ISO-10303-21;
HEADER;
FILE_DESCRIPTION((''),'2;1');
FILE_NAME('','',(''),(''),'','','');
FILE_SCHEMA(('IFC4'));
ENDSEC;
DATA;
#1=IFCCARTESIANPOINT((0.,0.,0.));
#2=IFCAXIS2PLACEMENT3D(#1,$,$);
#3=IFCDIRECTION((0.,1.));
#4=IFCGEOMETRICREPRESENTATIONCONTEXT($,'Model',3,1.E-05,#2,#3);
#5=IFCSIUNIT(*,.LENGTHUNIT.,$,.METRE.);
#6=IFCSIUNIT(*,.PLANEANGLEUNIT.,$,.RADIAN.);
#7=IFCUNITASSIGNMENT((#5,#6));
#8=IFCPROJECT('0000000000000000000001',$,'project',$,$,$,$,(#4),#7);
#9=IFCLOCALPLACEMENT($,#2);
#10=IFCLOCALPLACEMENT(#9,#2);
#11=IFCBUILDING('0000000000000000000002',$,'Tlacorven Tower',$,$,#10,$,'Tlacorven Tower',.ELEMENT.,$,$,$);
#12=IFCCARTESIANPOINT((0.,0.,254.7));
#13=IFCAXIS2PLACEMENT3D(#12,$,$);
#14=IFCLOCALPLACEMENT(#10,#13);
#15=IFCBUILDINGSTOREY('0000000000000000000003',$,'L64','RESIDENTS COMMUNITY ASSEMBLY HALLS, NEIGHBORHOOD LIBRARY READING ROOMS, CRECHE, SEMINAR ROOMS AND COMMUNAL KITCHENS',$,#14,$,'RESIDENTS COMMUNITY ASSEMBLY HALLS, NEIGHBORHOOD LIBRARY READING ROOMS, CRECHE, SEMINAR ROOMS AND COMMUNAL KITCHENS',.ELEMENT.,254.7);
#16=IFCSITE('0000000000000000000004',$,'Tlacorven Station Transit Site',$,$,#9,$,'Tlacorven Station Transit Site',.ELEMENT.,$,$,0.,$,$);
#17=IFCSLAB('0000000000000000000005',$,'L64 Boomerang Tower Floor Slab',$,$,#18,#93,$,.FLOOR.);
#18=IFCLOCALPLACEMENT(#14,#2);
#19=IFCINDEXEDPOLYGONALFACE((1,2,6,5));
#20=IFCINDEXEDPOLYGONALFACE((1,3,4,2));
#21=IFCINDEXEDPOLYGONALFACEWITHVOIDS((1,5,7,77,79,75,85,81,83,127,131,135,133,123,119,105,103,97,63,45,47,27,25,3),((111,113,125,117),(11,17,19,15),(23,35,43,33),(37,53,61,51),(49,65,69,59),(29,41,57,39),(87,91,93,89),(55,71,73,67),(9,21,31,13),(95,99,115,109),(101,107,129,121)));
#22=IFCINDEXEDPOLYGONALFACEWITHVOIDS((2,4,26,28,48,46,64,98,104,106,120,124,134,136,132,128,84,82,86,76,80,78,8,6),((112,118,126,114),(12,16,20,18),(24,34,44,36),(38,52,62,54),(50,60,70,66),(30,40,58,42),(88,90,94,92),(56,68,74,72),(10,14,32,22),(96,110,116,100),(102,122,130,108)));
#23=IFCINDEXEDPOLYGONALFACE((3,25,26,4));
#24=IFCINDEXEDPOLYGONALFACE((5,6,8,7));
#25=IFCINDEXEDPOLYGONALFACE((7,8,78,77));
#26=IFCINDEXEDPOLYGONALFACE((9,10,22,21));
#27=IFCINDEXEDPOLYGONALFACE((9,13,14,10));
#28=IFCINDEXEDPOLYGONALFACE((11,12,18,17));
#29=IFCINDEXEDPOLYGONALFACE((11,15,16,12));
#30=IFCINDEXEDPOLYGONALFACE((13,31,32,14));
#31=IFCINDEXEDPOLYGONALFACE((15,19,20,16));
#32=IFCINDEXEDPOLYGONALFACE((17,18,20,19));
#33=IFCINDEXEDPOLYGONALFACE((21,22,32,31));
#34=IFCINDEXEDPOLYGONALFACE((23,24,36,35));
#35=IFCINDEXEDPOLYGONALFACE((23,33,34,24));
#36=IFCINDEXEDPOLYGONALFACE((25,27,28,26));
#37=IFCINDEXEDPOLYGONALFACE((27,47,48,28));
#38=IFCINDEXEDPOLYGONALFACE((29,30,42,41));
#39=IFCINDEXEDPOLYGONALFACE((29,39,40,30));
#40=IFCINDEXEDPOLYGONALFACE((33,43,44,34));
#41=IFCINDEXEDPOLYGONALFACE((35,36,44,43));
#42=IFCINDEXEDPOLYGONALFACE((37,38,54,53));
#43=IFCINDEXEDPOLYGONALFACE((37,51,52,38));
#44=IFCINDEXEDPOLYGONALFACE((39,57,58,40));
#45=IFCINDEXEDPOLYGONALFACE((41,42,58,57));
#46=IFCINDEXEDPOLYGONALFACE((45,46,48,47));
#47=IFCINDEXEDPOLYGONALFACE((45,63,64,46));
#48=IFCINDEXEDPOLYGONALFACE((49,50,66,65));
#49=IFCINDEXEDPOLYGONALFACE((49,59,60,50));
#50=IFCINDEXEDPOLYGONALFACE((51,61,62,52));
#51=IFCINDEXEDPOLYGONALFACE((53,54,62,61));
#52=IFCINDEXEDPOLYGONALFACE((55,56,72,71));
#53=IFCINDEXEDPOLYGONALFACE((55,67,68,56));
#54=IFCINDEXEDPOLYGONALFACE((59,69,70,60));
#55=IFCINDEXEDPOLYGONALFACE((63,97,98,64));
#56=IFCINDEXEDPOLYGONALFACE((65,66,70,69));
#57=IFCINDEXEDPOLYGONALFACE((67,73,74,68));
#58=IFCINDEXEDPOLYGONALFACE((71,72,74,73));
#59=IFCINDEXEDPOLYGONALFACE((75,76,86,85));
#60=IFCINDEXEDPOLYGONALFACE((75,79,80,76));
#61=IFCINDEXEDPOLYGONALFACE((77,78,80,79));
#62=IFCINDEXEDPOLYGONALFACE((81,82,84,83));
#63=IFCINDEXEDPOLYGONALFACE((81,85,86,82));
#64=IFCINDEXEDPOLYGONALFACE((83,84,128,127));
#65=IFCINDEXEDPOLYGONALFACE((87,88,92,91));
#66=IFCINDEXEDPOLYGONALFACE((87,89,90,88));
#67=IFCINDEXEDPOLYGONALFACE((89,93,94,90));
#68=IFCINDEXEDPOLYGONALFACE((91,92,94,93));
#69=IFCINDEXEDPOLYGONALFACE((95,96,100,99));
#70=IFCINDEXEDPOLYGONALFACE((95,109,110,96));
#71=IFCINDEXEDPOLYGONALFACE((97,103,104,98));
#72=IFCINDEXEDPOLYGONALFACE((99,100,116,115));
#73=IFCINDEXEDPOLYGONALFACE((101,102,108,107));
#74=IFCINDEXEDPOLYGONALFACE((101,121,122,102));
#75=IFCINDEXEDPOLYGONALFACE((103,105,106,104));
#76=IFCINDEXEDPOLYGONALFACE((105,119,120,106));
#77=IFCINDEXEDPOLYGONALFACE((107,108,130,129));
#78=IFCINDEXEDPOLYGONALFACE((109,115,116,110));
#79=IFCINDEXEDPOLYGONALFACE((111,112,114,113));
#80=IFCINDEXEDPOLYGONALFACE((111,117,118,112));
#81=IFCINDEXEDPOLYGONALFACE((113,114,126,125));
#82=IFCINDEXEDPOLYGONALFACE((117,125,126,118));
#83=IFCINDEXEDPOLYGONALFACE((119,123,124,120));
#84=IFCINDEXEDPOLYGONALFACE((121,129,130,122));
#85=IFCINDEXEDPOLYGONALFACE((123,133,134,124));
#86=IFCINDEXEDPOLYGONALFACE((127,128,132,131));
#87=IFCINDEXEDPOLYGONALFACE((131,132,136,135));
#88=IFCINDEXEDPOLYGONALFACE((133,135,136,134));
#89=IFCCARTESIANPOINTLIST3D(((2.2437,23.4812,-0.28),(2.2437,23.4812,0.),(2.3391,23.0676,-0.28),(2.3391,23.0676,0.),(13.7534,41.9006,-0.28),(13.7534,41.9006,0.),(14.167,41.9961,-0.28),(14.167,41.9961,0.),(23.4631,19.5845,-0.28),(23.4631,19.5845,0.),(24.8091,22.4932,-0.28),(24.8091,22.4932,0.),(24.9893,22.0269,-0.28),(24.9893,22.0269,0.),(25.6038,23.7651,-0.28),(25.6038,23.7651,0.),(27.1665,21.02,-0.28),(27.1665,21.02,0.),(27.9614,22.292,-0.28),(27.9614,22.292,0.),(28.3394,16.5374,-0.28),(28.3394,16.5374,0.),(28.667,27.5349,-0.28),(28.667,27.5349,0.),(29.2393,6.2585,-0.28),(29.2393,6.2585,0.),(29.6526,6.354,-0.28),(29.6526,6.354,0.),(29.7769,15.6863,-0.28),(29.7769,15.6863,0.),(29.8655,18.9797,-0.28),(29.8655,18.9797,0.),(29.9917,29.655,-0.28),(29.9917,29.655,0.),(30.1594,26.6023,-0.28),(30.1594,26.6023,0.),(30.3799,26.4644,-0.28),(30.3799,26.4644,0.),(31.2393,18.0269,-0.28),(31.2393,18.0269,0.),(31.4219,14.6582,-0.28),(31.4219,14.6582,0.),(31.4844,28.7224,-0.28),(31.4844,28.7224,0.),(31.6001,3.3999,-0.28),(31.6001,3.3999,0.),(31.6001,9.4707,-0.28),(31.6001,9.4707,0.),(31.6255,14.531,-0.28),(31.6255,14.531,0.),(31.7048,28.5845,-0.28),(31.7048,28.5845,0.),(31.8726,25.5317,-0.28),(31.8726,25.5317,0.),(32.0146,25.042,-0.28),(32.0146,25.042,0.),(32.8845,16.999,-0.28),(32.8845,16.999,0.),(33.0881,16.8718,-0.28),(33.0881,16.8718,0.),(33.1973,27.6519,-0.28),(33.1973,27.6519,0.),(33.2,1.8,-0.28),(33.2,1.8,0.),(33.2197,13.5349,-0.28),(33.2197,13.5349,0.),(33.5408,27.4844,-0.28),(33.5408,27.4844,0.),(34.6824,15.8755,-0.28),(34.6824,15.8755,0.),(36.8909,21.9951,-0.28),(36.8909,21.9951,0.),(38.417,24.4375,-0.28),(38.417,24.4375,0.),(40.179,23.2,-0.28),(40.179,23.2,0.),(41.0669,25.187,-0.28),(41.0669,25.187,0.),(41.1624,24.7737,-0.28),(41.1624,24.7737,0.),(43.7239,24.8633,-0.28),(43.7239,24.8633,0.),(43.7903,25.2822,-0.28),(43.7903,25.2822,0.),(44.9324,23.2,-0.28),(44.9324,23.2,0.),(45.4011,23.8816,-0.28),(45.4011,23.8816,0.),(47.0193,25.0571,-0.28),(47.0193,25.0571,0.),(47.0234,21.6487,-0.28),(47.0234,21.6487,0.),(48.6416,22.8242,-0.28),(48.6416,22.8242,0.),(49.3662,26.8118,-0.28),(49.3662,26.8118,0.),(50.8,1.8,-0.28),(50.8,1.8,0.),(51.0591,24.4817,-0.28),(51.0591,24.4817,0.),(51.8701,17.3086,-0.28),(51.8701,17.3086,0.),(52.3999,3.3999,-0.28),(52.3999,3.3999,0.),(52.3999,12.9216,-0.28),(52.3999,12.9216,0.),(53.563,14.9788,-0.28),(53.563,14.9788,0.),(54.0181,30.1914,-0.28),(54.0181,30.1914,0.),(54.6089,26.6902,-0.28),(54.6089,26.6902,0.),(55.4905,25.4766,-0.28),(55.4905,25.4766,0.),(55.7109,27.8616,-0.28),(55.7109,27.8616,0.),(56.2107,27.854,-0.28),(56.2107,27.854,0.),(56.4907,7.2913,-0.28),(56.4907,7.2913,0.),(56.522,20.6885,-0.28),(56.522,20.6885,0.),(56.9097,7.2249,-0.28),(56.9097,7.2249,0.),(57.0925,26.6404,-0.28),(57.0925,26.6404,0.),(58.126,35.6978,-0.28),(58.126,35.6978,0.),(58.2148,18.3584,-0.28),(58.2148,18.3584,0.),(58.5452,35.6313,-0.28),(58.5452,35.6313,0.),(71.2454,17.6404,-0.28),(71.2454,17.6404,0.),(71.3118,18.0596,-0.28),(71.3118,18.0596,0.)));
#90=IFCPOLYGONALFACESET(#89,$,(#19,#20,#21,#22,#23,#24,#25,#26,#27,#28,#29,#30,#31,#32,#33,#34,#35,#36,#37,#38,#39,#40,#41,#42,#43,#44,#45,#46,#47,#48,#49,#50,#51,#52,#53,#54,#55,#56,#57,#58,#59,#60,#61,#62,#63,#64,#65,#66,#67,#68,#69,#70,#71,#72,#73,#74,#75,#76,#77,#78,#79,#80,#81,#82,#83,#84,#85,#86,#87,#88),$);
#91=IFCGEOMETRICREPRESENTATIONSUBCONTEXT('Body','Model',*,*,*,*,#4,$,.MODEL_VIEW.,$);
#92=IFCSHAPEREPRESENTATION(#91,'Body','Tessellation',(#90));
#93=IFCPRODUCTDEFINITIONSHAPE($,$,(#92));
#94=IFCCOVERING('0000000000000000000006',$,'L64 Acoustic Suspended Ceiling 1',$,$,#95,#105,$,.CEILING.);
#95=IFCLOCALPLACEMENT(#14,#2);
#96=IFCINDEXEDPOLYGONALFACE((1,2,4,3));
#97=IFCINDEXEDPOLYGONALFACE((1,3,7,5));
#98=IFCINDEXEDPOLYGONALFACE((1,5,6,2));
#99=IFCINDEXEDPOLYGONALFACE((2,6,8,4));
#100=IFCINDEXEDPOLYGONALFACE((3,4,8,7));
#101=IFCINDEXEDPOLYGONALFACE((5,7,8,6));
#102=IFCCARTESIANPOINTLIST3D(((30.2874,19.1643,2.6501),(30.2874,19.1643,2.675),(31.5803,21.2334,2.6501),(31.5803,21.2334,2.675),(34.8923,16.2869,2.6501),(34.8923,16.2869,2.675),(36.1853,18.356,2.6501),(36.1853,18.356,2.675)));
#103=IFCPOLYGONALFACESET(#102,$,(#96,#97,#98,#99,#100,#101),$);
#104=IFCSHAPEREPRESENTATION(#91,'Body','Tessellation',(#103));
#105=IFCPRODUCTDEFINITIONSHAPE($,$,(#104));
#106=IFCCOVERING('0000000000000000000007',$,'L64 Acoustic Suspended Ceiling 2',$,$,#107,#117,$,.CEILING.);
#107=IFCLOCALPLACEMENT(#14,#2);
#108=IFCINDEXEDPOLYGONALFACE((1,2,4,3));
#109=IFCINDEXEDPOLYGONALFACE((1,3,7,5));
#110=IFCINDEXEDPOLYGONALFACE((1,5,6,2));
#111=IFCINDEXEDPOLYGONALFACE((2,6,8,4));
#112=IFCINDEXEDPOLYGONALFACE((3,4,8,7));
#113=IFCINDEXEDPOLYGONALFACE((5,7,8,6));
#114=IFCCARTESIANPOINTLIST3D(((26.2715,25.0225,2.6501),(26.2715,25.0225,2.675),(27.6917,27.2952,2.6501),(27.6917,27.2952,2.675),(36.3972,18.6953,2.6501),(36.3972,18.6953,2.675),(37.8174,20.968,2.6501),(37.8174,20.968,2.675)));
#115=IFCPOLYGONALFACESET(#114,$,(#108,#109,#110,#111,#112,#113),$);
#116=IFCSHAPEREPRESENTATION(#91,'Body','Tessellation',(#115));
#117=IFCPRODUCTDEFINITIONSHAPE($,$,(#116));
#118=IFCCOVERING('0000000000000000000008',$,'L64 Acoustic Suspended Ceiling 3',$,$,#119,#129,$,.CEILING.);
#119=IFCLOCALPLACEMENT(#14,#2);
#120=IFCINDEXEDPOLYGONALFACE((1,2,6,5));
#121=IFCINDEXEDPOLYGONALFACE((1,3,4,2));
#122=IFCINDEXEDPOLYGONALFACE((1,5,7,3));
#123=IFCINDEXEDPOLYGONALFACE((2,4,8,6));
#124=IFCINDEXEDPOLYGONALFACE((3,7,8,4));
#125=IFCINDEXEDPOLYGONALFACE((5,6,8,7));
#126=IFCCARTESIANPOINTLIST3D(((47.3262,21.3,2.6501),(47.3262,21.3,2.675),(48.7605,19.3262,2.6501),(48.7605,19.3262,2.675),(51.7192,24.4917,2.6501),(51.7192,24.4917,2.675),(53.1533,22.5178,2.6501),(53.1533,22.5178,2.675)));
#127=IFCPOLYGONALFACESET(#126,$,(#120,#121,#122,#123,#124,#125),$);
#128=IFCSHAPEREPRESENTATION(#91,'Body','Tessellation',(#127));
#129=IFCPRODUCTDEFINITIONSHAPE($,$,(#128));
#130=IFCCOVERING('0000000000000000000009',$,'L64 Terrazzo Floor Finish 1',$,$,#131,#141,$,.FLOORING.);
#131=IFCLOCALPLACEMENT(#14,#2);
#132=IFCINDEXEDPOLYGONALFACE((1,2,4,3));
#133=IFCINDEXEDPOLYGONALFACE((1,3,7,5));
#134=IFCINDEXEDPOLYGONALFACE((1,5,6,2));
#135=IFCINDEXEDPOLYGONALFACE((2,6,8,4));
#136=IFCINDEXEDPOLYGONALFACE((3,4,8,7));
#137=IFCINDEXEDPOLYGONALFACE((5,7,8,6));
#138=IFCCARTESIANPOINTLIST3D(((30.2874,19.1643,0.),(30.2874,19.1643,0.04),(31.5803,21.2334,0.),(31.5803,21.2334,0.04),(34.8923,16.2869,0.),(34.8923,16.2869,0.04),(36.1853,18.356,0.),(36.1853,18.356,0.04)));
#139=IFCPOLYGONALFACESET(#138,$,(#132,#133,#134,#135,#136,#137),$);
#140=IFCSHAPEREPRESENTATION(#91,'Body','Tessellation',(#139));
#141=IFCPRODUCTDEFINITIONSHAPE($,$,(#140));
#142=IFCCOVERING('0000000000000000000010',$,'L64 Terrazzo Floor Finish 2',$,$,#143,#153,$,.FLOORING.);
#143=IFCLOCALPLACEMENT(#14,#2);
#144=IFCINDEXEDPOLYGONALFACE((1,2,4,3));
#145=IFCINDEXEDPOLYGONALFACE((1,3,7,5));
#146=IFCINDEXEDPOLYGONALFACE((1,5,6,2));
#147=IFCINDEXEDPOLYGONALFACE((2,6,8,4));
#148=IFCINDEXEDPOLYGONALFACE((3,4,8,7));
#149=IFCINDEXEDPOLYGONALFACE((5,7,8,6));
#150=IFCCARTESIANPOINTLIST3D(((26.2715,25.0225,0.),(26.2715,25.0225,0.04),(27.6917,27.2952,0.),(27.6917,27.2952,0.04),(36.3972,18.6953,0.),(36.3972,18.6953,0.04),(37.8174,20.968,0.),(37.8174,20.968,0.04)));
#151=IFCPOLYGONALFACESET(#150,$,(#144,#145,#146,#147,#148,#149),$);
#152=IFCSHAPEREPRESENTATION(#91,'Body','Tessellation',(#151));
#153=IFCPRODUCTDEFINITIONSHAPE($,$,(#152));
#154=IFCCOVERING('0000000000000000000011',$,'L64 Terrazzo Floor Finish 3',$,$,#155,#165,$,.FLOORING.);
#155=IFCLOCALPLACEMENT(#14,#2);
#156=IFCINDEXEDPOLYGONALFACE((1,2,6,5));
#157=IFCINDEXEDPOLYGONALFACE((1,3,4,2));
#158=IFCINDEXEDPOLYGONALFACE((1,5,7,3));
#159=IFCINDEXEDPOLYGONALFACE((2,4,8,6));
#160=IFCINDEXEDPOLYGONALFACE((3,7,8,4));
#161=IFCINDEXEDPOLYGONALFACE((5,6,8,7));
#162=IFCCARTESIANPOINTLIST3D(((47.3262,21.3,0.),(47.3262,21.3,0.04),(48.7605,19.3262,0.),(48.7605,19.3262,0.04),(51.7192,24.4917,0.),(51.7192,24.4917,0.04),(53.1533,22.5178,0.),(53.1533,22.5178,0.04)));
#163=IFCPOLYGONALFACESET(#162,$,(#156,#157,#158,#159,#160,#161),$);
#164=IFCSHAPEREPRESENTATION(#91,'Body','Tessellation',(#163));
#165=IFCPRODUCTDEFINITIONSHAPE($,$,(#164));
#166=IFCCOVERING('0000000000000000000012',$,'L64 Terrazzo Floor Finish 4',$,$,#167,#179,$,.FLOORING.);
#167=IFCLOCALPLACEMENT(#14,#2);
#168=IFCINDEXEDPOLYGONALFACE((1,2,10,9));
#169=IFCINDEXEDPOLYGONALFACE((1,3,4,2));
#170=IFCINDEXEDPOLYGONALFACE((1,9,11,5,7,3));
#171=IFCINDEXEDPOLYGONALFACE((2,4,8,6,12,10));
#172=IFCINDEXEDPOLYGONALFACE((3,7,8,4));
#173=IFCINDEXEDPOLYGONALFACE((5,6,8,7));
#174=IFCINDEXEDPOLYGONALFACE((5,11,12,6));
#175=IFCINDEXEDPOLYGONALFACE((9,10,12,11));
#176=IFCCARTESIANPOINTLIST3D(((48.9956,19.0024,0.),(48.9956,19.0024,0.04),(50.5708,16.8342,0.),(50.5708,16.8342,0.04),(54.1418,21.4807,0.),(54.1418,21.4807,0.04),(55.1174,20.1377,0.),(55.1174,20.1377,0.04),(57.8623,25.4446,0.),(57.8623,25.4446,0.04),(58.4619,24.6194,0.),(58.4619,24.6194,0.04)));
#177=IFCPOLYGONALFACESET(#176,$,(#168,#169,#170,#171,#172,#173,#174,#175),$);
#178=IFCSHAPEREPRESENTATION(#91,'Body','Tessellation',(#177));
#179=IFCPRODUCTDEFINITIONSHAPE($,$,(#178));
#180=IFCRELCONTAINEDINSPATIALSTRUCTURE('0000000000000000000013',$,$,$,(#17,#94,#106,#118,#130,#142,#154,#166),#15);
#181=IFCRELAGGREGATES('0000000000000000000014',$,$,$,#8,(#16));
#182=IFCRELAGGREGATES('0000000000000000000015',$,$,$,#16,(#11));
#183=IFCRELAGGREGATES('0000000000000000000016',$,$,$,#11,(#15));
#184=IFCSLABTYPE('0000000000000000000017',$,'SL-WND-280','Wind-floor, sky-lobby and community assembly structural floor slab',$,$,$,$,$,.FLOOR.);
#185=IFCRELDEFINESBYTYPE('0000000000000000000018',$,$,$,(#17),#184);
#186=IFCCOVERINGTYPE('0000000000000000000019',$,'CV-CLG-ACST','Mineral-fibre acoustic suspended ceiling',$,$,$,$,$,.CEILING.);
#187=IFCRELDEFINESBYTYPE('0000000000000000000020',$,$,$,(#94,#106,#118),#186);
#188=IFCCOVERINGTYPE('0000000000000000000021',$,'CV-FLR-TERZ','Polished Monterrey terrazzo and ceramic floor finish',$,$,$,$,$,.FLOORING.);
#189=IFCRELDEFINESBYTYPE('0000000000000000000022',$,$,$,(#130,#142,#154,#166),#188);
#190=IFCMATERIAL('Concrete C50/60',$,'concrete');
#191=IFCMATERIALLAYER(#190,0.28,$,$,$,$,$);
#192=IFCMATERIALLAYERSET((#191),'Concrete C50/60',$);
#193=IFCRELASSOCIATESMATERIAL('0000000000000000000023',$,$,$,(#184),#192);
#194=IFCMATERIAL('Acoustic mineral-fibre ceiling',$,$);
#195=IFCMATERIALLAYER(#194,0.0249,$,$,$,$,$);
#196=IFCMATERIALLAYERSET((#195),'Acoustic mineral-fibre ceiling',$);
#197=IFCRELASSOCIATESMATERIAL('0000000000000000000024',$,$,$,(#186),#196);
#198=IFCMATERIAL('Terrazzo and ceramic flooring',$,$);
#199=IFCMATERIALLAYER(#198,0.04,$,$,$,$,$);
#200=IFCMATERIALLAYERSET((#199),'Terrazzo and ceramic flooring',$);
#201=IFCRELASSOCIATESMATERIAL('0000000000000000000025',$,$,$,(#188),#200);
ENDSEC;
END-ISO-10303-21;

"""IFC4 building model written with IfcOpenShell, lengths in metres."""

from ifc_helpers import new_model, si_unit, direction, frame, origin, place, context, subcontext, project, spatial, polyline, outline, extrude, material, layer, layer_set, type_object, element, save


model = new_model("IFC4")

# Units and contexts
model_context = context("Model", 3, precision=1e-05, world=origin(), true_north=direction((0.0, 1.0)))
body_context = subcontext(model_context, "Body", "Model", "MODEL_VIEW")
ifc_project = project(units=[si_unit("LENGTHUNIT", "METRE"), si_unit("PLANEANGLEUNIT", "RADIAN")], contexts=[model_context])

# Site, building, storey
site_placement = place(None, origin())
site = spatial("IfcSite", under=ifc_project, at=site_placement, Name="Tlacorven Station Transit Site", LongName="Tlacorven Station Transit Site", CompositionType="ELEMENT", RefElevation=0.0)
building_placement = place(site_placement, origin())
building = spatial("IfcBuilding", under=site, at=building_placement, Name="Tlacorven Tower", LongName="Tlacorven Tower", CompositionType="ELEMENT")
storey_placement = place(building_placement, frame((0.0, 0.0, 254.7)))
storey = spatial("IfcBuildingStorey", under=building, at=storey_placement, Name="L64", Description="RESIDENTS COMMUNITY ASSEMBLY HALLS, NEIGHBORHOOD LIBRARY READING ROOMS, CRECHE, SEMINAR ROOMS AND COMMUNAL KITCHENS", LongName="RESIDENTS COMMUNITY ASSEMBLY HALLS, NEIGHBORHOOD LIBRARY READING ROOMS, CRECHE, SEMINAR ROOMS AND COMMUNAL KITCHENS", CompositionType="ELEMENT", Elevation=254.7)

# Slab
ifc_material_1 = material(Name="Concrete C50/60", Category="concrete")
ifc_layer_1 = layer(ifc_material_1, 0.28)
ifc_layer_set_1 = layer_set([ifc_layer_1], Name="Concrete C50/60")
slab_type_1 = type_object("IfcSlabType", Name="SL-WND-280", Description="Wind-floor, sky-lobby and community assembly structural floor slab", PredefinedType="FLOOR", material=ifc_layer_set_1)
slab_1_placement = place(storey_placement, frame((0.0, 0.0, -0.28)))
element("IfcSlab", 1, at=slab_1_placement, inside=storey, type_object=slab_type_1, Name="L64 Boomerang Tower Floor Slab", PredefinedType="FLOOR", context=body_context, shape_type="SweptSolid", body=[
    extrude(outline(polyline([(52.3999, 3.3999), (50.8, 1.8), (33.2, 1.8), (31.6001, 3.3999), (31.6001, 9.4707), (29.6526, 6.354), (29.2393, 6.2585), (2.3391, 23.0676), (2.2437, 23.4812), (13.7534, 41.9006), (14.167, 41.9961), (41.0669, 25.187), (41.1624, 24.7737), (40.179, 23.2), (44.9324, 23.2), (43.7239, 24.8633), (43.7903, 25.2822), (58.126, 35.6978), (58.5452, 35.6313), (71.3118, 18.0596), (71.2454, 17.6404), (56.9097, 7.2249), (56.4907, 7.2913), (52.3999, 12.9216), (52.3999, 3.3999)]), holes=[polyline([(29.8655, 18.9797), (24.9893, 22.0269), (23.4631, 19.5845), (28.3394, 16.5374), (29.8655, 18.9797)]), polyline([(38.417, 24.4375), (33.5408, 27.4844), (32.0146, 25.042), (36.8909, 21.9951), (38.417, 24.4375)]), polyline([(51.0591, 24.4817), (55.7109, 27.8616), (54.0181, 30.1914), (49.3662, 26.8118), (51.0591, 24.4817)]), polyline([(53.563, 14.9788), (58.2148, 18.3584), (56.522, 20.6885), (51.8701, 17.3086), (53.563, 14.9788)]), polyline([(34.6824, 15.8755), (33.0881, 16.8718), (31.6255, 14.531), (33.2197, 13.5349), (34.6824, 15.8755)]), polyline([(32.8845, 16.999), (31.2393, 18.0269), (29.7769, 15.6863), (31.4219, 14.6582), (32.8845, 16.999)]), polyline([(47.0234, 21.6487), (48.6416, 22.8242), (47.0193, 25.0571), (45.4011, 23.8816), (47.0234, 21.6487)]), polyline([(33.1973, 27.6519), (31.7048, 28.5845), (30.3799, 26.4644), (31.8726, 25.5317), (33.1973, 27.6519)]), polyline([(31.4844, 28.7224), (29.9917, 29.655), (28.667, 27.5349), (30.1594, 26.6023), (31.4844, 28.7224)]), polyline([(27.9614, 22.292), (25.6038, 23.7651), (24.8091, 22.4932), (27.1665, 21.02), (27.9614, 22.292)]), polyline([(55.4905, 25.4766), (57.0925, 26.6404), (56.2107, 27.854), (54.6089, 26.6902), (55.4905, 25.4766)])]), origin(), (0.0, 0.0, 1.0), 0.28),
])

# Coverings
ifc_material_2 = material(Name="Acoustic mineral-fibre ceiling")
ifc_layer_2 = layer(ifc_material_2, 0.0249)
ifc_layer_set_2 = layer_set([ifc_layer_2], Name="Acoustic mineral-fibre ceiling")
covering_type_1 = type_object("IfcCoveringType", Name="CV-CLG-ACST", Description="Mineral-fibre acoustic suspended ceiling", PredefinedType="CEILING", material=ifc_layer_set_2)
covering_1_placement = place(storey_placement, frame((0.0, 0.0, 2.6501)))
element("IfcCovering", 2, at=covering_1_placement, inside=storey, type_object=covering_type_1, Name="L64 Acoustic Suspended Ceiling 1", PredefinedType="CEILING", context=body_context, shape_type="SweptSolid", body=[
    extrude(outline(polyline([(36.1853, 18.356), (34.8923, 16.2869), (30.2874, 19.1643), (31.5803, 21.2334), (36.1853, 18.356)])), origin(), (0.0, 0.0, 1.0), 0.0249),
])
covering_2_placement = place(storey_placement, frame((0.0, 0.0, 2.6501)))
element("IfcCovering", 3, at=covering_2_placement, inside=storey, type_object=covering_type_1, Name="L64 Acoustic Suspended Ceiling 2", PredefinedType="CEILING", context=body_context, shape_type="SweptSolid", body=[
    extrude(outline(polyline([(37.8174, 20.968), (36.3972, 18.6953), (26.2715, 25.0225), (27.6917, 27.2952), (37.8174, 20.968)])), origin(), (0.0, 0.0, 1.0), 0.0249),
])
covering_3_placement = place(storey_placement, frame((0.0, 0.0, 2.6501)))
element("IfcCovering", 4, at=covering_3_placement, inside=storey, type_object=covering_type_1, Name="L64 Acoustic Suspended Ceiling 3", PredefinedType="CEILING", context=body_context, shape_type="SweptSolid", body=[
    extrude(outline(polyline([(48.7605, 19.3262), (47.3262, 21.3), (51.7192, 24.4917), (53.1533, 22.5178), (48.7605, 19.3262)])), origin(), (0.0, 0.0, 1.0), 0.0249),
])
ifc_material_3 = material(Name="Terrazzo and ceramic flooring")
ifc_layer_3 = layer(ifc_material_3, 0.04)
ifc_layer_set_3 = layer_set([ifc_layer_3], Name="Terrazzo and ceramic flooring")
covering_type_2 = type_object("IfcCoveringType", Name="CV-FLR-TERZ", Description="Polished Monterrey terrazzo and ceramic floor finish", PredefinedType="FLOORING", material=ifc_layer_set_3)
covering_4_placement = place(storey_placement, origin())
element("IfcCovering", 5, at=covering_4_placement, inside=storey, type_object=covering_type_2, Name="L64 Terrazzo Floor Finish 1", PredefinedType="FLOORING", context=body_context, shape_type="SweptSolid", body=[
    extrude(outline(polyline([(36.1853, 18.356), (34.8923, 16.2869), (30.2874, 19.1643), (31.5803, 21.2334), (36.1853, 18.356)])), origin(), (0.0, 0.0, 1.0), 0.04),
])
covering_5_placement = place(storey_placement, origin())
element("IfcCovering", 6, at=covering_5_placement, inside=storey, type_object=covering_type_2, Name="L64 Terrazzo Floor Finish 2", PredefinedType="FLOORING", context=body_context, shape_type="SweptSolid", body=[
    extrude(outline(polyline([(37.8174, 20.968), (36.3972, 18.6953), (26.2715, 25.0225), (27.6917, 27.2952), (37.8174, 20.968)])), origin(), (0.0, 0.0, 1.0), 0.04),
])
covering_6_placement = place(storey_placement, origin())
element("IfcCovering", 7, at=covering_6_placement, inside=storey, type_object=covering_type_2, Name="L64 Terrazzo Floor Finish 3", PredefinedType="FLOORING", context=body_context, shape_type="SweptSolid", body=[
    extrude(outline(polyline([(48.7605, 19.3262), (47.3262, 21.3), (51.7192, 24.4917), (53.1533, 22.5178), (48.7605, 19.3262)])), origin(), (0.0, 0.0, 1.0), 0.04),
])
covering_7_placement = place(storey_placement, origin())
element("IfcCovering", 8, at=covering_7_placement, inside=storey, type_object=covering_type_2, Name="L64 Terrazzo Floor Finish 4", PredefinedType="FLOORING", context=body_context, shape_type="SweptSolid", body=[
    extrude(outline(polyline([(50.5708, 16.8342), (48.9956, 19.0024), (57.8623, 25.4446), (58.4619, 24.6194), (54.1418, 21.4807), (55.1174, 20.1377), (50.5708, 16.8342)])), origin(), (0.0, 0.0, 1.0), 0.04),
])

save(model, "model.ifc")
